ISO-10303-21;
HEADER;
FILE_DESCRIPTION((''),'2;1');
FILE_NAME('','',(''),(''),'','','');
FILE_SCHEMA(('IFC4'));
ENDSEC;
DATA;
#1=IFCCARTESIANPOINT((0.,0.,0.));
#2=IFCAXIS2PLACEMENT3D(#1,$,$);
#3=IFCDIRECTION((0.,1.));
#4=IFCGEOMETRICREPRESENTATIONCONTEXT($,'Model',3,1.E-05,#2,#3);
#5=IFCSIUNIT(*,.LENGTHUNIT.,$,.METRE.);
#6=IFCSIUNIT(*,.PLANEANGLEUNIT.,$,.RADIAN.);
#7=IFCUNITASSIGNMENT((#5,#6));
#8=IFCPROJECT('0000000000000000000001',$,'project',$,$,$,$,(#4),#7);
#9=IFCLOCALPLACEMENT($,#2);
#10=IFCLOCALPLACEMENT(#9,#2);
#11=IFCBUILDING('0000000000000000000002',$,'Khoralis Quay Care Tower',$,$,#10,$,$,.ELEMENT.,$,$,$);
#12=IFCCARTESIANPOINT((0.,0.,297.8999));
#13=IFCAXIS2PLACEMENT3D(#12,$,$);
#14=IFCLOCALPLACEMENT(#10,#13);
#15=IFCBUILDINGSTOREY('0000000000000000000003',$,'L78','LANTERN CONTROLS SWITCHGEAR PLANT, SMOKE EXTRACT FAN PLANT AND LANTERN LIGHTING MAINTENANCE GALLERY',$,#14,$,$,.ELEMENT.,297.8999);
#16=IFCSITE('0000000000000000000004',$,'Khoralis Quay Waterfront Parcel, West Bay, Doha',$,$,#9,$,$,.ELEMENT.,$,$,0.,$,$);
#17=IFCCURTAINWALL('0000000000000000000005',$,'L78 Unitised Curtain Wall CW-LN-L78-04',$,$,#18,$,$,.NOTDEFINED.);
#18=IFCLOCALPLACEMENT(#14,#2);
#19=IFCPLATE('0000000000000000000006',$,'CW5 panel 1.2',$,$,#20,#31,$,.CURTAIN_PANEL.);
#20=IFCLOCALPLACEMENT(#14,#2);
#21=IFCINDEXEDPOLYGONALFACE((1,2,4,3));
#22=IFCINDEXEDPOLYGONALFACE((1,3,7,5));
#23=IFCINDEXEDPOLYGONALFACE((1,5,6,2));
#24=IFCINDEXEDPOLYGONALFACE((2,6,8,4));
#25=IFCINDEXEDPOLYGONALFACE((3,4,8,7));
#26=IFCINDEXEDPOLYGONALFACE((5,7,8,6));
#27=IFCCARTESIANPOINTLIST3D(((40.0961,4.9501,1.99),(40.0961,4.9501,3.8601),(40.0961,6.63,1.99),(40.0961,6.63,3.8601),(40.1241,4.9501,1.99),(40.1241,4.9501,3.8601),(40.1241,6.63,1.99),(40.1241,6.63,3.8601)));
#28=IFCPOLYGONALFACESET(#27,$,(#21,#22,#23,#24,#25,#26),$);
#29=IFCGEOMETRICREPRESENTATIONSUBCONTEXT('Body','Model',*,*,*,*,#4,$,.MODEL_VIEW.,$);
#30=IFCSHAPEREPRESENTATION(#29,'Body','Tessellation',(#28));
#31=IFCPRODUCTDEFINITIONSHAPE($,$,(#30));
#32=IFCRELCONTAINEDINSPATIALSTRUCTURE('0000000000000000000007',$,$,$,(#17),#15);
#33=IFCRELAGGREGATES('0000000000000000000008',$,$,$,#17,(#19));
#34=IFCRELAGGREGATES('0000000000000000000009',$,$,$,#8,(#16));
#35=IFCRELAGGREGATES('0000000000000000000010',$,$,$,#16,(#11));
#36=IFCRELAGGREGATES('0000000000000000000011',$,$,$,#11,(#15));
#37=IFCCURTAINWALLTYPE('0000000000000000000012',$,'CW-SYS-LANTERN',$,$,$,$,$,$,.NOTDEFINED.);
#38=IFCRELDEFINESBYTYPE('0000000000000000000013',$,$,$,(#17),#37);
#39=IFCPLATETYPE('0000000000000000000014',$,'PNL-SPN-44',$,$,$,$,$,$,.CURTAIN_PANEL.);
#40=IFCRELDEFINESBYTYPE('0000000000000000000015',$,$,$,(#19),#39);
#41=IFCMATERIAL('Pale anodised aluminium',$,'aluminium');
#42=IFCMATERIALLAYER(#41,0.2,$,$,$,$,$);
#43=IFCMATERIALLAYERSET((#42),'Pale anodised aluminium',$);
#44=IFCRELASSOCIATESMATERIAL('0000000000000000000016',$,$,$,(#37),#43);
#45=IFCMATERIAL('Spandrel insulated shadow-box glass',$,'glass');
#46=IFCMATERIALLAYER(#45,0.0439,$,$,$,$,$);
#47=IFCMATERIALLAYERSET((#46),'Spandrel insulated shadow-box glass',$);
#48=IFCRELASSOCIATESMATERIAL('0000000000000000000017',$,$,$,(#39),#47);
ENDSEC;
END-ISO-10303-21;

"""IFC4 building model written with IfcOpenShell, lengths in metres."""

from ifc_helpers import new_model, si_unit, direction, frame, origin, origin_2d, place, context, subcontext, project, spatial, rectangle, extrude, source, transform, mapped, material, layer, layer_set, type_object, element, aggregate, save


model = new_model("IFC4")

# Units and contexts
model_context = context("Model", 3, precision=1e-05, world=origin(), true_north=direction((0.0, 1.0)))
body_context = subcontext(model_context, "Body", "Model", "MODEL_VIEW")
ifc_project = project(units=[si_unit("LENGTHUNIT", "METRE"), si_unit("PLANEANGLEUNIT", "RADIAN")], contexts=[model_context])

# Site, building, storey
site_placement = place(None, origin())
site = spatial("IfcSite", under=ifc_project, at=site_placement, Name="Khoralis Quay Waterfront Parcel, West Bay, Doha", CompositionType="ELEMENT", RefElevation=0.0)
building_placement = place(site_placement, origin())
building = spatial("IfcBuilding", under=site, at=building_placement, Name="Khoralis Quay Care Tower", CompositionType="ELEMENT")
storey_placement = place(building_placement, frame((0.0, 0.0, 297.8999)))
storey = spatial("IfcBuildingStorey", under=building, at=storey_placement, Name="L78", Description="LANTERN CONTROLS SWITCHGEAR PLANT, SMOKE EXTRACT FAN PLANT AND LANTERN LIGHTING MAINTENANCE GALLERY", CompositionType="ELEMENT", Elevation=297.8999)

# Shared definitions
ifc_material_1 = material(Name="Pale anodised aluminium", Category="aluminium")
ifc_layer_1 = layer(ifc_material_1, 0.2)
ifc_layer_set_1 = layer_set([ifc_layer_1], Name="Pale anodised aluminium")
curtain_wall_type = type_object("IfcCurtainWallType", Name="CW-SYS-LANTERN", PredefinedType="NOTDEFINED", material=ifc_layer_set_1)

# Curtain wall
curtain_wall_1_placement = place(storey_placement, origin())
curtain_wall_1 = element("IfcCurtainWall", 1, at=curtain_wall_1_placement, inside=storey, type_object=curtain_wall_type, Name="L78 Unitised Curtain Wall CW-LN-L78-04", PredefinedType="NOTDEFINED")

# Plate
ifc_material_2 = material(Name="Spandrel insulated shadow-box glass", Category="glass")
ifc_layer_2 = layer(ifc_material_2, 0.0439)
ifc_layer_set_2 = layer_set([ifc_layer_2], Name="Spandrel insulated shadow-box glass")
plate_type = type_object("IfcPlateType", Name="PNL-SPN-44", PredefinedType="CURTAIN_PANEL", material=ifc_layer_set_2)
shared_shape_1 = source(origin(), body_context, "Body", "SweptSolid", [
    extrude(rectangle(XDim=1.6799, YDim=0.0281, at=origin_2d()), origin(), (0.0, 0.0, 1.0), 1.8701),
])
plate_1_placement = place(storey_placement, frame((40.1101, 5.79, 1.99), z_axis=(0.0, 0.0, 1.0), x_axis=(0.0, 1.0, 0.0)))
plate_1 = element("IfcPlate", 2, at=plate_1_placement, type_object=plate_type, Name="CW5 panel 1.2", PredefinedType="CURTAIN_PANEL", context=body_context, shape_type="MappedRepresentation", body=[
    mapped(shared_shape_1, transform((0.0, 0.0, 0.0), scale=1.0)),
])
aggregate(curtain_wall_1, [plate_1])

save(model, "model.ifc")
